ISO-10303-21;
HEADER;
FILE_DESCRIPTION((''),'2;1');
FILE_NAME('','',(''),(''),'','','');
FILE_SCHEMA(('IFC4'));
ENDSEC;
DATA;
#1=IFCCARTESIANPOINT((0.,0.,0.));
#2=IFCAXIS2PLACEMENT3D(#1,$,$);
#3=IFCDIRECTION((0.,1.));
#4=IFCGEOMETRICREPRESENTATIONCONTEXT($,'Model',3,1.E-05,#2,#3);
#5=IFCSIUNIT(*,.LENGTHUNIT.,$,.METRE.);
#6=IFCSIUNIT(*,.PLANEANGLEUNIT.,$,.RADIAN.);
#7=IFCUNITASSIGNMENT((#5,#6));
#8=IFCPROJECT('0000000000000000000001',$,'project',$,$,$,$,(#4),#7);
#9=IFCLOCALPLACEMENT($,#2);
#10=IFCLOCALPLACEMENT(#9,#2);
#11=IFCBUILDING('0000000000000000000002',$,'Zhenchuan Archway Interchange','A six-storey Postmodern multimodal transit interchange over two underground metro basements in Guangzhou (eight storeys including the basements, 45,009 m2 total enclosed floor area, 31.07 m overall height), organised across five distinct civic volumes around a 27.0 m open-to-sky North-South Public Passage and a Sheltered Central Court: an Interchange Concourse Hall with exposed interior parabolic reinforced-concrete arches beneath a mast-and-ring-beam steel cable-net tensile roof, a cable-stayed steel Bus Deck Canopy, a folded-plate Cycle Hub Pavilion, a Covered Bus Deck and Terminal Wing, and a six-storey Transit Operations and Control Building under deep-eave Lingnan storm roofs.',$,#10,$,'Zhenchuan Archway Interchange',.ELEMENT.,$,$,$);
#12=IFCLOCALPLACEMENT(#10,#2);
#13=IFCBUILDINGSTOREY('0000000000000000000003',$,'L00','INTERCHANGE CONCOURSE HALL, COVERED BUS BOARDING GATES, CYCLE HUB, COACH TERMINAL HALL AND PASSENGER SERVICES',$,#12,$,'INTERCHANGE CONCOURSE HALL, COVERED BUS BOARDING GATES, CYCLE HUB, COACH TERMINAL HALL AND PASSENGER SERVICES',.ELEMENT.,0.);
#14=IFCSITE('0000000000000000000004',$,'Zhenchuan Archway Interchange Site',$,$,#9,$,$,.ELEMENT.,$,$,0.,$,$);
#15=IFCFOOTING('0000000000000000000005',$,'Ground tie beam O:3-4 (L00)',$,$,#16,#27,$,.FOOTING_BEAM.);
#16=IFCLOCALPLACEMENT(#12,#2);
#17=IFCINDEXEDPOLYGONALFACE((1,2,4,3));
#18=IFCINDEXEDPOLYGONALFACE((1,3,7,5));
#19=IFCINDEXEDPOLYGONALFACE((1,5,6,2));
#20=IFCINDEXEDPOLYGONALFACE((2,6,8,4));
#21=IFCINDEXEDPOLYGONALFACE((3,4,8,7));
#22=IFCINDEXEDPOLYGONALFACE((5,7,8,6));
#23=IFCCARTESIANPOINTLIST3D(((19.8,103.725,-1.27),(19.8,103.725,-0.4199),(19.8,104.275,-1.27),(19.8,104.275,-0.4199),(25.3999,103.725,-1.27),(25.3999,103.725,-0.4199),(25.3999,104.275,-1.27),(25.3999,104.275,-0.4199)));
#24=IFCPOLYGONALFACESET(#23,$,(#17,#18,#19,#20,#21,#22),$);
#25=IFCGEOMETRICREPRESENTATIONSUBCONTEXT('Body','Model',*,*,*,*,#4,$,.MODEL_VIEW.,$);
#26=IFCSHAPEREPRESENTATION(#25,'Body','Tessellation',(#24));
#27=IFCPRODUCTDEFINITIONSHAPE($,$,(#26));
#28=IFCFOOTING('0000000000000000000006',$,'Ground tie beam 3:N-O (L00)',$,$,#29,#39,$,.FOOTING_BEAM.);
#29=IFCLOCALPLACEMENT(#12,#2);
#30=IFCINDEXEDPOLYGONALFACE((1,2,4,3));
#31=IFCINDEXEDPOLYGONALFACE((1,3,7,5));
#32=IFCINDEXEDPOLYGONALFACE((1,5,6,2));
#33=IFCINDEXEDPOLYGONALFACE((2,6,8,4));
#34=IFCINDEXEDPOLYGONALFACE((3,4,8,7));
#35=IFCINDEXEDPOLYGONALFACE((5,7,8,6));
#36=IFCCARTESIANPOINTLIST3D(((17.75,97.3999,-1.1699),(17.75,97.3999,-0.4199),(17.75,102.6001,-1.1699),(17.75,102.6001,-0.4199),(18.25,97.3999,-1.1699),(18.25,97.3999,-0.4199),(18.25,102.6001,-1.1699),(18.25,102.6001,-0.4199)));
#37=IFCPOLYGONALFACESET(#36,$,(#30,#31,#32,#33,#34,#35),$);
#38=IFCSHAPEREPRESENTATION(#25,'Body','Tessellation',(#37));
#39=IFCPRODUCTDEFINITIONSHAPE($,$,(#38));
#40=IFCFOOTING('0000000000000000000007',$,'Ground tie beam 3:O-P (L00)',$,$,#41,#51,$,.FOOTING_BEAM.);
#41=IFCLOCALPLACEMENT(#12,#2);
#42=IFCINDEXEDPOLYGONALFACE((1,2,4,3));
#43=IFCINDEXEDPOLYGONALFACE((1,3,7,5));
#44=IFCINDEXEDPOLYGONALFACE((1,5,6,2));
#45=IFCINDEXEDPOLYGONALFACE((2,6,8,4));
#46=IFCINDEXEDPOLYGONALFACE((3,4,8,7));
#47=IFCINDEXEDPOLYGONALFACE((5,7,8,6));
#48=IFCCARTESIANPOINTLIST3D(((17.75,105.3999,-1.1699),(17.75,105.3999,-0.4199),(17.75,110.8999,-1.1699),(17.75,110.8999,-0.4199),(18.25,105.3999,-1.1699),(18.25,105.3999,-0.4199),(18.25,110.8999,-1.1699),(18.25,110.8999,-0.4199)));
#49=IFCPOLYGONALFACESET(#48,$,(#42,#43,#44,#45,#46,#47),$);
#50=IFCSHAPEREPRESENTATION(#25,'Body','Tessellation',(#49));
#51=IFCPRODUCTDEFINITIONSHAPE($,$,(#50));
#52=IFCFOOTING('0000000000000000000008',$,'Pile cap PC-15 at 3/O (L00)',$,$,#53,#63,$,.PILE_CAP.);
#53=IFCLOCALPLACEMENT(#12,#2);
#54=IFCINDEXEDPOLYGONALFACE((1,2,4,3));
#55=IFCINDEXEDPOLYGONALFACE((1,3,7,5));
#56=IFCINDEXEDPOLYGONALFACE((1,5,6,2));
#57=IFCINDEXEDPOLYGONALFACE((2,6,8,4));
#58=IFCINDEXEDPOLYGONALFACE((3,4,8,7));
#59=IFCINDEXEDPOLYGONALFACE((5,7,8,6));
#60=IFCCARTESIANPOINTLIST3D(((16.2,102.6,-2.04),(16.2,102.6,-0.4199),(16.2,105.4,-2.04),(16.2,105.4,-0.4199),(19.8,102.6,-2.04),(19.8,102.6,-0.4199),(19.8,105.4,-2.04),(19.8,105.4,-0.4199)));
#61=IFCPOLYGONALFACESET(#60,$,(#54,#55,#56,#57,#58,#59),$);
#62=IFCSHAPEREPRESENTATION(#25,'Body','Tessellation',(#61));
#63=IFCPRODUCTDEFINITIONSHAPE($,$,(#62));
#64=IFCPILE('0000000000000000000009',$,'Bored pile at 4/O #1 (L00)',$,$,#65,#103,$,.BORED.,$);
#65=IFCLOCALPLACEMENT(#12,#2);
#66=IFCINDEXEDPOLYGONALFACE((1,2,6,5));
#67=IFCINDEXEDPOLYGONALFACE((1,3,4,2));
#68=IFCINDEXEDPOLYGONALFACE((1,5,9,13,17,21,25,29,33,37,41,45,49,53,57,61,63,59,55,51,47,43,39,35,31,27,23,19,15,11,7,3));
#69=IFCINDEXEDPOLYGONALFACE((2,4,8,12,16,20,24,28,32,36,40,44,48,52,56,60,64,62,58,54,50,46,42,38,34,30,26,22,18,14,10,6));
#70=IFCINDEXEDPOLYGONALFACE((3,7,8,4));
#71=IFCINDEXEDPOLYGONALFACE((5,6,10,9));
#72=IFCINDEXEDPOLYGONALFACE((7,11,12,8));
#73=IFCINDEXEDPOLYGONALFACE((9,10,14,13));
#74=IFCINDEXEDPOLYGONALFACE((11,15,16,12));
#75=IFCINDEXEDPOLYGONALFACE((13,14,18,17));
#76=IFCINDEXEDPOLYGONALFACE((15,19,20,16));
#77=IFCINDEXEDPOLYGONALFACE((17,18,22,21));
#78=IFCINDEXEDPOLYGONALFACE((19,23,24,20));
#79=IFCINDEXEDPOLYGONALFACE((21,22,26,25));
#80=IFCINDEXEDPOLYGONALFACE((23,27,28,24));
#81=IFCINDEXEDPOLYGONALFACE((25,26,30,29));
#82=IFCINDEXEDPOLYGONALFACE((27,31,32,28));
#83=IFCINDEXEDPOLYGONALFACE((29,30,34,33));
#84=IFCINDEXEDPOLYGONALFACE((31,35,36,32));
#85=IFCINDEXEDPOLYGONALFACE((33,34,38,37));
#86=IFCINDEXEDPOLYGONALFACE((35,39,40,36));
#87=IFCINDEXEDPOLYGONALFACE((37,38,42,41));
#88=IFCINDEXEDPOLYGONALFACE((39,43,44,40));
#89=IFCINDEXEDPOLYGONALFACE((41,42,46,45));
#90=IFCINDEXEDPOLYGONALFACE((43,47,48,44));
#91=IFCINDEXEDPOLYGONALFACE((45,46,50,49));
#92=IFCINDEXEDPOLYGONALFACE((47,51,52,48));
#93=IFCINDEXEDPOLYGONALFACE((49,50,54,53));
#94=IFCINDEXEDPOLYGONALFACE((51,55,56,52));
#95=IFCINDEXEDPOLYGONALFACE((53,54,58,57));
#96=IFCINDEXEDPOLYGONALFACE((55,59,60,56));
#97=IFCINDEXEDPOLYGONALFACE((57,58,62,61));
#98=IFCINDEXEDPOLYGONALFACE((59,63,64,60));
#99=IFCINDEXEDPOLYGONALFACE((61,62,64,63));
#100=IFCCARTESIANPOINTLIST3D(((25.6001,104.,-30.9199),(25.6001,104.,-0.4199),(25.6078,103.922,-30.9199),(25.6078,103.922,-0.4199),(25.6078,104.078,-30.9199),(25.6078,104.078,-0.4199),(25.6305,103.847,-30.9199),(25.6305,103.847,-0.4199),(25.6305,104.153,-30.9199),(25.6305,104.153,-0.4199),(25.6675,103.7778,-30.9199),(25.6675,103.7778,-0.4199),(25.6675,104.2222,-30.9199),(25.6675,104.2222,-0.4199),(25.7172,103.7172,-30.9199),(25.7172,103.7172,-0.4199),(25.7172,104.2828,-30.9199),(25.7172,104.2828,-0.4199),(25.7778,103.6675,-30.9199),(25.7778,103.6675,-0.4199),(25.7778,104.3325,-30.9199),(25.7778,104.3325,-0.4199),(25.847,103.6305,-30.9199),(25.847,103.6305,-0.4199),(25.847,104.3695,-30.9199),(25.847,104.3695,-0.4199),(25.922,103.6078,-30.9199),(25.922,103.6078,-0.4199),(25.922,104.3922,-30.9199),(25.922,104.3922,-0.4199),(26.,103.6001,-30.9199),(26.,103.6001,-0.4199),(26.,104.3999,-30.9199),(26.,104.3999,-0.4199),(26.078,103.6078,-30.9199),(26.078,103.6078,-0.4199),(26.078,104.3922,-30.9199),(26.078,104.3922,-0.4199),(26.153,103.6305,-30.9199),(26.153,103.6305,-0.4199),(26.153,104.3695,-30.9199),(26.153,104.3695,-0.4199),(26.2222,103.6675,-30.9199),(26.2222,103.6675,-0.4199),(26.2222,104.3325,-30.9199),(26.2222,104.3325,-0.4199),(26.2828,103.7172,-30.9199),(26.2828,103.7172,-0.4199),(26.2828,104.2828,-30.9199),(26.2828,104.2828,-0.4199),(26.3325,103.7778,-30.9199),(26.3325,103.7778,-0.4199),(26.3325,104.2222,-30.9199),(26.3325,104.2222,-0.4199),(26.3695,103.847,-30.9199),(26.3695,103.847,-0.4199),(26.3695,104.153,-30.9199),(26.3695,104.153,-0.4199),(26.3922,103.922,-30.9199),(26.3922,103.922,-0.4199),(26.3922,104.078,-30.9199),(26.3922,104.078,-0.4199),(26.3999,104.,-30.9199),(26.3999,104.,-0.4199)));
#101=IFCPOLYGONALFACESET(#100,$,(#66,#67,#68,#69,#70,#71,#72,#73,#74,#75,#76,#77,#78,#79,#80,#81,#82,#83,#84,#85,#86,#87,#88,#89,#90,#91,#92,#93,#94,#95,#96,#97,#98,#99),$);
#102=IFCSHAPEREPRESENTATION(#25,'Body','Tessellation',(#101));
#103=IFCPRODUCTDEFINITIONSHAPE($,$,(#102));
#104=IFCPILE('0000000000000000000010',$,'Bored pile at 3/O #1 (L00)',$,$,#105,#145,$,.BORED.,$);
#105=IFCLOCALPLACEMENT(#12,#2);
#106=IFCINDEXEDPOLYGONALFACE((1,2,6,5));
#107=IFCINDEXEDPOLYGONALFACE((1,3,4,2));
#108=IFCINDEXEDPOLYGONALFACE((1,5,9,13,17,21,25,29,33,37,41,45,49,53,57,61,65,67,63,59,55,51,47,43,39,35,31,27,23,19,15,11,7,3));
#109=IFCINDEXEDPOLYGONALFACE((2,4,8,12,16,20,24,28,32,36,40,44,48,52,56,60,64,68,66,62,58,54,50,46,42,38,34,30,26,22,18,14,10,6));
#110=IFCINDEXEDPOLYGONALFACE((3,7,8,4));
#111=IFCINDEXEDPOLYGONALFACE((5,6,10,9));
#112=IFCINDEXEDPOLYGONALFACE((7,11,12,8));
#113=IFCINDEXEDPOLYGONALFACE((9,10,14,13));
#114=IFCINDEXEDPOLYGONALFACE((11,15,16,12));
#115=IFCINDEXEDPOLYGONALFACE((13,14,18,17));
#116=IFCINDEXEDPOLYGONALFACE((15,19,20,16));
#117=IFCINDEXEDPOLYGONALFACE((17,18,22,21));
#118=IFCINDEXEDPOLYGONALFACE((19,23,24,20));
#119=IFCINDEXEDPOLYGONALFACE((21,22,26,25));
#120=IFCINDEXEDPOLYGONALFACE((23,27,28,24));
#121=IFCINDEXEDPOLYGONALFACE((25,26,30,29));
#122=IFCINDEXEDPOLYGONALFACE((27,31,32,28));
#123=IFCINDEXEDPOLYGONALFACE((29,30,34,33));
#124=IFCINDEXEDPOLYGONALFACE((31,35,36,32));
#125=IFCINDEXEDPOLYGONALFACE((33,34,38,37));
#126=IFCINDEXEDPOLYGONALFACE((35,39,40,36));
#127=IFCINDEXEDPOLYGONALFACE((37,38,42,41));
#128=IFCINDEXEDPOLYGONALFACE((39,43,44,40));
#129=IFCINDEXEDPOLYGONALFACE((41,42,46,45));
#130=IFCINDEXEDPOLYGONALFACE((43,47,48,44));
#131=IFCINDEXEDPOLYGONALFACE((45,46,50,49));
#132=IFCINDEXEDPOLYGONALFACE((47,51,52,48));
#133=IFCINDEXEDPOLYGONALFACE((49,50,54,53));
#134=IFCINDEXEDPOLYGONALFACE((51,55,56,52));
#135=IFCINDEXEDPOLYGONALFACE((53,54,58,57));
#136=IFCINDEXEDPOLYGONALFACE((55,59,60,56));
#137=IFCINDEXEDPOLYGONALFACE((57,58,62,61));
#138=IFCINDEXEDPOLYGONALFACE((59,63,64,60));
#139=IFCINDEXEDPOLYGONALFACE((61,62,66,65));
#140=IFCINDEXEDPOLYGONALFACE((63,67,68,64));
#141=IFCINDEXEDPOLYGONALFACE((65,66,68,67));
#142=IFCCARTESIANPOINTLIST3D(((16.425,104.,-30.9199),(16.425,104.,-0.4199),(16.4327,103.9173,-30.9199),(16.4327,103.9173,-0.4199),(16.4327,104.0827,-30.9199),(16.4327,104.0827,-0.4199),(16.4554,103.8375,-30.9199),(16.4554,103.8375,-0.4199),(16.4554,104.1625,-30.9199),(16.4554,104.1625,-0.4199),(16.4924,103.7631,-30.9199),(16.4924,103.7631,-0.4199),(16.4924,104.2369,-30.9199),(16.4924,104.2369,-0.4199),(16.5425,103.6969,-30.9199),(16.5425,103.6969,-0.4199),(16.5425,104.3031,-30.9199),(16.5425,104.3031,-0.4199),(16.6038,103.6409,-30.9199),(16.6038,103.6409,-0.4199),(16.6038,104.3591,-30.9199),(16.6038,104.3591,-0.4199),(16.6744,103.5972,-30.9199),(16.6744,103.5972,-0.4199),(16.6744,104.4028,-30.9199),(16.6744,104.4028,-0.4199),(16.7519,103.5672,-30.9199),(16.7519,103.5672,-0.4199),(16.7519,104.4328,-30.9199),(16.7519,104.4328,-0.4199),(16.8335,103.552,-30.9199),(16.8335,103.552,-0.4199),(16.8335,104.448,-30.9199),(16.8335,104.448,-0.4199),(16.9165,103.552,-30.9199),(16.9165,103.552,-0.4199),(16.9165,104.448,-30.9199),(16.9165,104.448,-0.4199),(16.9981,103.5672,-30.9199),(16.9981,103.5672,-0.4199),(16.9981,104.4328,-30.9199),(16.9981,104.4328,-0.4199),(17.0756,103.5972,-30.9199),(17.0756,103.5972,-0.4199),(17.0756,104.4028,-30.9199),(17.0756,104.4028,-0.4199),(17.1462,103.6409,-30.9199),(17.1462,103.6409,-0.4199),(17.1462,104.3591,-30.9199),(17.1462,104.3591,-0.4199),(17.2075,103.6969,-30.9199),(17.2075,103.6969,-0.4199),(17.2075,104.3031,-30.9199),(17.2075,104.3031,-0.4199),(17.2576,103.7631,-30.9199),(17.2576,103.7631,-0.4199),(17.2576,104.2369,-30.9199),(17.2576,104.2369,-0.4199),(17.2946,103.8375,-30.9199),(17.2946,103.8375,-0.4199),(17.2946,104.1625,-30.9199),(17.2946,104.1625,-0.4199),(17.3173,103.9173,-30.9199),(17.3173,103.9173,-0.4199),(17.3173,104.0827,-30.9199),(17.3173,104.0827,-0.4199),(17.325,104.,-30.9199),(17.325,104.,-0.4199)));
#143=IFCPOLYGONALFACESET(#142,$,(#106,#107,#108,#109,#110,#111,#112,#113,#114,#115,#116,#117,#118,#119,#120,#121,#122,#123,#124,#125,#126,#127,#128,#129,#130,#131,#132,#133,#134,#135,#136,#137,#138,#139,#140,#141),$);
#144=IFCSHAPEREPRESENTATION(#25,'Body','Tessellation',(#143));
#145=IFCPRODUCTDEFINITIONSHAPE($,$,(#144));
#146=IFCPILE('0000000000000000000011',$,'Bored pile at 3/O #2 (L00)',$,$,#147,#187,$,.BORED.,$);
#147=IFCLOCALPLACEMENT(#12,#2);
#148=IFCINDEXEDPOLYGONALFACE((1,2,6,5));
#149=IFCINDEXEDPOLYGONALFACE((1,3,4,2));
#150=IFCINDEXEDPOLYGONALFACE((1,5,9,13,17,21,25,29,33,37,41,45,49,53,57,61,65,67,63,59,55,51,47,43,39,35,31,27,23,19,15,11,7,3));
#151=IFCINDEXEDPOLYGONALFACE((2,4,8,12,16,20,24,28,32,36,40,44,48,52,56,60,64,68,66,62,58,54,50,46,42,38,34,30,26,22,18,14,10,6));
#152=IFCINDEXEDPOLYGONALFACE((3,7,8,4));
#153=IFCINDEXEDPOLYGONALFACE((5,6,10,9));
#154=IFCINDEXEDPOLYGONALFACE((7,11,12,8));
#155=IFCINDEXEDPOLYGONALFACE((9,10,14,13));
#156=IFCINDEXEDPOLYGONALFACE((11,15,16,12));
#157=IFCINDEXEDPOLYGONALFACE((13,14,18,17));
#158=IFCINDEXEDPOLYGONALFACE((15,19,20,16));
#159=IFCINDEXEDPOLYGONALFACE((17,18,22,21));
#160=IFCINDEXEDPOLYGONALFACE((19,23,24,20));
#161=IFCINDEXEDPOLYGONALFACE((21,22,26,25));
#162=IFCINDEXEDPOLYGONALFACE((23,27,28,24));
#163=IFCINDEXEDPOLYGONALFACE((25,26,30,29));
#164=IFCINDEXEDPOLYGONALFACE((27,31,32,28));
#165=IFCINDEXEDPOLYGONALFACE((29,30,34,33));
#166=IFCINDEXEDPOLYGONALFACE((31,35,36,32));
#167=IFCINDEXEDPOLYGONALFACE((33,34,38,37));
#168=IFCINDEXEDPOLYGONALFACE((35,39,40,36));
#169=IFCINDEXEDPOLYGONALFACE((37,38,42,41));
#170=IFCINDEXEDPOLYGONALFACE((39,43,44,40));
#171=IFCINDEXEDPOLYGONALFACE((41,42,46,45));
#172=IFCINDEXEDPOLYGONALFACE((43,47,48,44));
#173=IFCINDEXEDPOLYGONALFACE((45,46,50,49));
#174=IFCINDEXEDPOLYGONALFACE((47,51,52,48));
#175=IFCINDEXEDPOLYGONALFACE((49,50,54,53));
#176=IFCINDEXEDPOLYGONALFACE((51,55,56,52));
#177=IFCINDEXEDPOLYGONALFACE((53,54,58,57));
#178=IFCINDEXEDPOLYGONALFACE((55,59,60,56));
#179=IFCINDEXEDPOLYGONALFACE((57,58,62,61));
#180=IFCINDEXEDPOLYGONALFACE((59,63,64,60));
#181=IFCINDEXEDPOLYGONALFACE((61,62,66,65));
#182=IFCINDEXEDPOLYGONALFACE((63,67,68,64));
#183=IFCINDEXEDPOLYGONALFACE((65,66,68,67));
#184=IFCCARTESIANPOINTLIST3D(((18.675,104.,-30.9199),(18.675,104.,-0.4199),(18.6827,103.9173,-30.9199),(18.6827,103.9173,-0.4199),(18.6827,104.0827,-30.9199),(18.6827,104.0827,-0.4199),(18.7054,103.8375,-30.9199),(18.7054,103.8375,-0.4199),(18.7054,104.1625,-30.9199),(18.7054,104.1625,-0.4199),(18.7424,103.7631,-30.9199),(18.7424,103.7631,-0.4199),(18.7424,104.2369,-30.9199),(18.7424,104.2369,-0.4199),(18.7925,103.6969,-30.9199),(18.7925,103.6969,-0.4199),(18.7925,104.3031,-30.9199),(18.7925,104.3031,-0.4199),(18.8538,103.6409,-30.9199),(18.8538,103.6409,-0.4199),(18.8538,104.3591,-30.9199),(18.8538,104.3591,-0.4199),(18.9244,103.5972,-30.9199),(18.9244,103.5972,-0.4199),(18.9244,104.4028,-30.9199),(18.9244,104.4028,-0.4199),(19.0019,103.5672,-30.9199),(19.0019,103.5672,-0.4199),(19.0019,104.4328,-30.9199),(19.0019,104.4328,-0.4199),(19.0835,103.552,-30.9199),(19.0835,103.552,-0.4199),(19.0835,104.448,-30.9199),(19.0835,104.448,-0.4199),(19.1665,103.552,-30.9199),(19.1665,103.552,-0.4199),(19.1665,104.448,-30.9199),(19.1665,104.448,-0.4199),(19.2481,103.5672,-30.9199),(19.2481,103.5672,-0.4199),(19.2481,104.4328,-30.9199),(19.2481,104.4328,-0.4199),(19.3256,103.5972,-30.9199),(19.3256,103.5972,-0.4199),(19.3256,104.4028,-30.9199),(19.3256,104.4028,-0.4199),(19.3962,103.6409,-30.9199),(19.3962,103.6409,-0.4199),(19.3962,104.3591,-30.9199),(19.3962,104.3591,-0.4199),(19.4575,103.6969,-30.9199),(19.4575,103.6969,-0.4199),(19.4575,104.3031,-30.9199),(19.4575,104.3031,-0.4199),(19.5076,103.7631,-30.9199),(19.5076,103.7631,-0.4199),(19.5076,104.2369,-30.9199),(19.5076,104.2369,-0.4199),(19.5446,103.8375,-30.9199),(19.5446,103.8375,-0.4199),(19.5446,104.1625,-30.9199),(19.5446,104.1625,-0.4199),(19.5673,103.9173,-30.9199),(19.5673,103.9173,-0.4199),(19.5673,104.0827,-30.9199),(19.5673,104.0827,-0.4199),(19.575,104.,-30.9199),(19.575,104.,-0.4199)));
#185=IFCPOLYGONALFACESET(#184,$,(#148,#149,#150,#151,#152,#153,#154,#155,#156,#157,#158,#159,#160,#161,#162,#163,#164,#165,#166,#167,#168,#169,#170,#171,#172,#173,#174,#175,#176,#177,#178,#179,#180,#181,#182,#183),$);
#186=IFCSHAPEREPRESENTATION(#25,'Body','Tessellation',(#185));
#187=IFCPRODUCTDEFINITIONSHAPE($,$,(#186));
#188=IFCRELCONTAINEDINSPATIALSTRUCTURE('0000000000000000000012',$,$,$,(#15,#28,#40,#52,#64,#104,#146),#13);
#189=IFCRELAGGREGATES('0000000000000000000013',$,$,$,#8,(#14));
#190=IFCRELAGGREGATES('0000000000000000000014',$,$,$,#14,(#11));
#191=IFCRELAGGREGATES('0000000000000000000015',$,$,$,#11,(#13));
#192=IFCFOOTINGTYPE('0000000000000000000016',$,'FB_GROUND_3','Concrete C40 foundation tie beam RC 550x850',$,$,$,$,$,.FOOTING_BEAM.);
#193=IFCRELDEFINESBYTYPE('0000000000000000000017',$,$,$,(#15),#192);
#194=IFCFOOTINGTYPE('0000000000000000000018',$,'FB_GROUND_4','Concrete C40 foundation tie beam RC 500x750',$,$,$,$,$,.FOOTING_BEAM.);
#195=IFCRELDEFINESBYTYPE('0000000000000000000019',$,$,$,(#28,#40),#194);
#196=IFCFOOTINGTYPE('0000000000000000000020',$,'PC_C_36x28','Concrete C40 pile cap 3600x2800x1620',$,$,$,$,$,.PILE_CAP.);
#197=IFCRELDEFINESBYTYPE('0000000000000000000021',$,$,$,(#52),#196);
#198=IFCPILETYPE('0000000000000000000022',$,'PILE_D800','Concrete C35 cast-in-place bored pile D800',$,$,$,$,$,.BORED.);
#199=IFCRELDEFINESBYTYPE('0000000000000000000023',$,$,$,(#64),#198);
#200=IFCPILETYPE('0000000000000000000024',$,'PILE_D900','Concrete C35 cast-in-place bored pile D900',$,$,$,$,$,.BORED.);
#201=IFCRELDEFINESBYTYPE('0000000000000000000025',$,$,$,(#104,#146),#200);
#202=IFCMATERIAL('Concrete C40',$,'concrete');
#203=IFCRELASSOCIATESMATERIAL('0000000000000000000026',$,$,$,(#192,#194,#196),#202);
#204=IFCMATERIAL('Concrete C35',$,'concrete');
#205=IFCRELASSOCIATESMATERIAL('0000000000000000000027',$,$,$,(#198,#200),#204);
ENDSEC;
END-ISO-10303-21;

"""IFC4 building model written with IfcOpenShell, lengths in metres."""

from ifc_helpers import new_model, si_unit, direction, frame, origin, origin_2d, place, context, subcontext, project, spatial, rectangle, circle, extrude, material, material_profile, profile_set, type_object, element, save


model = new_model("IFC4")

# Units and contexts
model_context = context("Model", 3, precision=1e-05, world=origin(), true_north=direction((0.0, 1.0)))
body_context = subcontext(model_context, "Body", "Model", "MODEL_VIEW")
ifc_project = project(units=[si_unit("LENGTHUNIT", "METRE"), si_unit("PLANEANGLEUNIT", "RADIAN")], contexts=[model_context])

# Site, building, storey
site_placement = place(None, origin())
site = spatial("IfcSite", under=ifc_project, at=site_placement, Name="Zhenchuan Archway Interchange Site", CompositionType="ELEMENT", RefElevation=0.0)
building_placement = place(site_placement, origin())
building = spatial("IfcBuilding", under=site, at=building_placement, Name="Zhenchuan Archway Interchange", Description="A six-storey Postmodern multimodal transit interchange over two underground metro basements in Guangzhou (eight storeys including the basements, 45,009 m2 total enclosed floor area, 31.07 m overall height), organised across five distinct civic volumes around a 27.0 m open-to-sky North-South Public Passage and a Sheltered Central Court: an Interchange Concourse Hall with exposed interior parabolic reinforced-concrete arches beneath a mast-and-ring-beam steel cable-net tensile roof, a cable-stayed steel Bus Deck Canopy, a folded-plate Cycle Hub Pavilion, a Covered Bus Deck and Terminal Wing, and a six-storey Transit Operations and Control Building under deep-eave Lingnan storm roofs.", LongName="Zhenchuan Archway Interchange", CompositionType="ELEMENT")
storey_placement = place(building_placement, origin())
storey = spatial("IfcBuildingStorey", under=building, at=storey_placement, Name="L00", Description="INTERCHANGE CONCOURSE HALL, COVERED BUS BOARDING GATES, CYCLE HUB, COACH TERMINAL HALL AND PASSENGER SERVICES", LongName="INTERCHANGE CONCOURSE HALL, COVERED BUS BOARDING GATES, CYCLE HUB, COACH TERMINAL HALL AND PASSENGER SERVICES", CompositionType="ELEMENT", Elevation=0.0)

# Footings
ifc_material_1 = material(Name="Concrete C40", Category="concrete")
ifc_material_profile_1 = material_profile(ifc_material_1, rectangle(XDim=0.55, YDim=0.8501, at=origin_2d()), Name="RC 550x850")
ifc_profile_set_1 = profile_set([ifc_material_profile_1], Name="Concrete C40")
footing_type_1 = type_object("IfcFootingType", Name="FB_GROUND_3", Description="Concrete C40 foundation tie beam RC 550x850", PredefinedType="FOOTING_BEAM", material=ifc_profile_set_1)
footing_1_placement = place(storey_placement, frame((19.8, 104.0, -0.845), z_axis=(1.0, 0.0, 0.0), x_axis=(0.0, 1.0, 0.0)))
element("IfcFooting", 1, at=footing_1_placement, inside=storey, type_object=footing_type_1, Name="Ground tie beam O:3-4 (L00)", PredefinedType="FOOTING_BEAM", context=body_context, shape_type="SweptSolid", body=[
    extrude(rectangle(XDim=0.55, YDim=0.8501, at=origin_2d()), origin(), (0.0, 0.0, 1.0), 5.5999),
])
ifc_material_profile_2 = material_profile(ifc_material_1, rectangle(XDim=0.5, YDim=0.75, at=origin_2d()), Name="RC 500x750")
ifc_profile_set_2 = profile_set([ifc_material_profile_2], Name="Concrete C40")
footing_type_2 = type_object("IfcFootingType", Name="FB_GROUND_4", Description="Concrete C40 foundation tie beam RC 500x750", PredefinedType="FOOTING_BEAM", material=ifc_profile_set_2)
footing_2_placement = place(storey_placement, frame((18.0, 97.3999, -0.7949), z_axis=(0.0, 1.0, 0.0), x_axis=(-1.0, 0.0, 0.0)))
element("IfcFooting", 2, at=footing_2_placement, inside=storey, type_object=footing_type_2, Name="Ground tie beam 3:N-O (L00)", PredefinedType="FOOTING_BEAM", context=body_context, shape_type="SweptSolid", body=[
    extrude(rectangle(XDim=0.5, YDim=0.75, at=origin_2d()), origin(), (0.0, 0.0, 1.0), 5.2002),
])
footing_3_placement = place(storey_placement, frame((18.0, 105.3999, -0.7949), z_axis=(0.0, 1.0, 0.0), x_axis=(-1.0, 0.0, 0.0)))
element("IfcFooting", 3, at=footing_3_placement, inside=storey, type_object=footing_type_2, Name="Ground tie beam 3:O-P (L00)", PredefinedType="FOOTING_BEAM", context=body_context, shape_type="SweptSolid", body=[
    extrude(rectangle(XDim=0.5, YDim=0.75, at=origin_2d()), origin(), (0.0, 0.0, 1.0), 5.5),
])
footing_type_3 = type_object("IfcFootingType", Name="PC_C_36x28", Description="Concrete C40 pile cap 3600x2800x1620", PredefinedType="PILE_CAP", material=ifc_material_1)
footing_4_placement = place(storey_placement, frame((18.0, 104.0, -2.04), z_axis=(0.0, 0.0, 1.0), x_axis=(1.0, 0.0, 0.0)))
element("IfcFooting", 4, at=footing_4_placement, inside=storey, type_object=footing_type_3, Name="Pile cap PC-15 at 3/O (L00)", PredefinedType="PILE_CAP", context=body_context, shape_type="SweptSolid", body=[
    extrude(rectangle(XDim=3.6001, YDim=2.8, at=origin_2d()), origin(), (0.0, 0.0, 1.0), 1.6201),
])

# Piles
ifc_material_2 = material(Name="Concrete C35", Category="concrete")
ifc_material_profile_3 = material_profile(ifc_material_2, circle(Radius=0.3999, at=origin_2d()), Name="BORED PILE 800")
ifc_profile_set_3 = profile_set([ifc_material_profile_3], Name="Concrete C35")
pile_type_1 = type_object("IfcPileType", Name="PILE_D800", Description="Concrete C35 cast-in-place bored pile D800", PredefinedType="BORED", material=ifc_profile_set_3)
pile_placement = place(storey_placement, frame((26.0, 104.0, -0.4199), z_axis=(0.0, 0.0, -1.0), x_axis=(1.0, 0.0, 0.0)))
element("IfcPile", 5, at=pile_placement, inside=storey, type_object=pile_type_1, Name="Bored pile at 4/O #1 (L00)", PredefinedType="BORED", context=body_context, shape_type="SweptSolid", body=[
    extrude(circle(Radius=0.3999, at=origin_2d()), origin(), (0.0, 0.0, 1.0), 30.5),
])
ifc_material_profile_4 = material_profile(ifc_material_2, circle(Radius=0.45, at=origin_2d()), Name="BORED PILE 900")
ifc_profile_set_4 = profile_set([ifc_material_profile_4], Name="Concrete C35")
pile_type_2 = type_object("IfcPileType", Name="PILE_D900", Description="Concrete C35 cast-in-place bored pile D900", PredefinedType="BORED", material=ifc_profile_set_4)
for number, where, z_axis, x_axis, name in (
    (6, (16.875, 104.0, -0.4199), (0.0, 0.0, -1.0), (1.0, 0.0, 0.0), "Bored pile at 3/O #1 (L00)"),
    (7, (19.125, 104.0, -0.4199), (0.0, 0.0, -1.0), (1.0, 0.0, 0.0), "Bored pile at 3/O #2 (L00)"),
):
    element("IfcPile", number, at=place(storey_placement, frame(where, z_axis=z_axis, x_axis=x_axis)), inside=storey, type_object=pile_type_2, Name=name, PredefinedType="BORED", context=body_context, shape_type="SweptSolid", body=[
        extrude(circle(Radius=0.45, at=origin_2d()), origin(), (0.0, 0.0, 1.0), 30.5),
    ])

save(model, "model.ifc")
